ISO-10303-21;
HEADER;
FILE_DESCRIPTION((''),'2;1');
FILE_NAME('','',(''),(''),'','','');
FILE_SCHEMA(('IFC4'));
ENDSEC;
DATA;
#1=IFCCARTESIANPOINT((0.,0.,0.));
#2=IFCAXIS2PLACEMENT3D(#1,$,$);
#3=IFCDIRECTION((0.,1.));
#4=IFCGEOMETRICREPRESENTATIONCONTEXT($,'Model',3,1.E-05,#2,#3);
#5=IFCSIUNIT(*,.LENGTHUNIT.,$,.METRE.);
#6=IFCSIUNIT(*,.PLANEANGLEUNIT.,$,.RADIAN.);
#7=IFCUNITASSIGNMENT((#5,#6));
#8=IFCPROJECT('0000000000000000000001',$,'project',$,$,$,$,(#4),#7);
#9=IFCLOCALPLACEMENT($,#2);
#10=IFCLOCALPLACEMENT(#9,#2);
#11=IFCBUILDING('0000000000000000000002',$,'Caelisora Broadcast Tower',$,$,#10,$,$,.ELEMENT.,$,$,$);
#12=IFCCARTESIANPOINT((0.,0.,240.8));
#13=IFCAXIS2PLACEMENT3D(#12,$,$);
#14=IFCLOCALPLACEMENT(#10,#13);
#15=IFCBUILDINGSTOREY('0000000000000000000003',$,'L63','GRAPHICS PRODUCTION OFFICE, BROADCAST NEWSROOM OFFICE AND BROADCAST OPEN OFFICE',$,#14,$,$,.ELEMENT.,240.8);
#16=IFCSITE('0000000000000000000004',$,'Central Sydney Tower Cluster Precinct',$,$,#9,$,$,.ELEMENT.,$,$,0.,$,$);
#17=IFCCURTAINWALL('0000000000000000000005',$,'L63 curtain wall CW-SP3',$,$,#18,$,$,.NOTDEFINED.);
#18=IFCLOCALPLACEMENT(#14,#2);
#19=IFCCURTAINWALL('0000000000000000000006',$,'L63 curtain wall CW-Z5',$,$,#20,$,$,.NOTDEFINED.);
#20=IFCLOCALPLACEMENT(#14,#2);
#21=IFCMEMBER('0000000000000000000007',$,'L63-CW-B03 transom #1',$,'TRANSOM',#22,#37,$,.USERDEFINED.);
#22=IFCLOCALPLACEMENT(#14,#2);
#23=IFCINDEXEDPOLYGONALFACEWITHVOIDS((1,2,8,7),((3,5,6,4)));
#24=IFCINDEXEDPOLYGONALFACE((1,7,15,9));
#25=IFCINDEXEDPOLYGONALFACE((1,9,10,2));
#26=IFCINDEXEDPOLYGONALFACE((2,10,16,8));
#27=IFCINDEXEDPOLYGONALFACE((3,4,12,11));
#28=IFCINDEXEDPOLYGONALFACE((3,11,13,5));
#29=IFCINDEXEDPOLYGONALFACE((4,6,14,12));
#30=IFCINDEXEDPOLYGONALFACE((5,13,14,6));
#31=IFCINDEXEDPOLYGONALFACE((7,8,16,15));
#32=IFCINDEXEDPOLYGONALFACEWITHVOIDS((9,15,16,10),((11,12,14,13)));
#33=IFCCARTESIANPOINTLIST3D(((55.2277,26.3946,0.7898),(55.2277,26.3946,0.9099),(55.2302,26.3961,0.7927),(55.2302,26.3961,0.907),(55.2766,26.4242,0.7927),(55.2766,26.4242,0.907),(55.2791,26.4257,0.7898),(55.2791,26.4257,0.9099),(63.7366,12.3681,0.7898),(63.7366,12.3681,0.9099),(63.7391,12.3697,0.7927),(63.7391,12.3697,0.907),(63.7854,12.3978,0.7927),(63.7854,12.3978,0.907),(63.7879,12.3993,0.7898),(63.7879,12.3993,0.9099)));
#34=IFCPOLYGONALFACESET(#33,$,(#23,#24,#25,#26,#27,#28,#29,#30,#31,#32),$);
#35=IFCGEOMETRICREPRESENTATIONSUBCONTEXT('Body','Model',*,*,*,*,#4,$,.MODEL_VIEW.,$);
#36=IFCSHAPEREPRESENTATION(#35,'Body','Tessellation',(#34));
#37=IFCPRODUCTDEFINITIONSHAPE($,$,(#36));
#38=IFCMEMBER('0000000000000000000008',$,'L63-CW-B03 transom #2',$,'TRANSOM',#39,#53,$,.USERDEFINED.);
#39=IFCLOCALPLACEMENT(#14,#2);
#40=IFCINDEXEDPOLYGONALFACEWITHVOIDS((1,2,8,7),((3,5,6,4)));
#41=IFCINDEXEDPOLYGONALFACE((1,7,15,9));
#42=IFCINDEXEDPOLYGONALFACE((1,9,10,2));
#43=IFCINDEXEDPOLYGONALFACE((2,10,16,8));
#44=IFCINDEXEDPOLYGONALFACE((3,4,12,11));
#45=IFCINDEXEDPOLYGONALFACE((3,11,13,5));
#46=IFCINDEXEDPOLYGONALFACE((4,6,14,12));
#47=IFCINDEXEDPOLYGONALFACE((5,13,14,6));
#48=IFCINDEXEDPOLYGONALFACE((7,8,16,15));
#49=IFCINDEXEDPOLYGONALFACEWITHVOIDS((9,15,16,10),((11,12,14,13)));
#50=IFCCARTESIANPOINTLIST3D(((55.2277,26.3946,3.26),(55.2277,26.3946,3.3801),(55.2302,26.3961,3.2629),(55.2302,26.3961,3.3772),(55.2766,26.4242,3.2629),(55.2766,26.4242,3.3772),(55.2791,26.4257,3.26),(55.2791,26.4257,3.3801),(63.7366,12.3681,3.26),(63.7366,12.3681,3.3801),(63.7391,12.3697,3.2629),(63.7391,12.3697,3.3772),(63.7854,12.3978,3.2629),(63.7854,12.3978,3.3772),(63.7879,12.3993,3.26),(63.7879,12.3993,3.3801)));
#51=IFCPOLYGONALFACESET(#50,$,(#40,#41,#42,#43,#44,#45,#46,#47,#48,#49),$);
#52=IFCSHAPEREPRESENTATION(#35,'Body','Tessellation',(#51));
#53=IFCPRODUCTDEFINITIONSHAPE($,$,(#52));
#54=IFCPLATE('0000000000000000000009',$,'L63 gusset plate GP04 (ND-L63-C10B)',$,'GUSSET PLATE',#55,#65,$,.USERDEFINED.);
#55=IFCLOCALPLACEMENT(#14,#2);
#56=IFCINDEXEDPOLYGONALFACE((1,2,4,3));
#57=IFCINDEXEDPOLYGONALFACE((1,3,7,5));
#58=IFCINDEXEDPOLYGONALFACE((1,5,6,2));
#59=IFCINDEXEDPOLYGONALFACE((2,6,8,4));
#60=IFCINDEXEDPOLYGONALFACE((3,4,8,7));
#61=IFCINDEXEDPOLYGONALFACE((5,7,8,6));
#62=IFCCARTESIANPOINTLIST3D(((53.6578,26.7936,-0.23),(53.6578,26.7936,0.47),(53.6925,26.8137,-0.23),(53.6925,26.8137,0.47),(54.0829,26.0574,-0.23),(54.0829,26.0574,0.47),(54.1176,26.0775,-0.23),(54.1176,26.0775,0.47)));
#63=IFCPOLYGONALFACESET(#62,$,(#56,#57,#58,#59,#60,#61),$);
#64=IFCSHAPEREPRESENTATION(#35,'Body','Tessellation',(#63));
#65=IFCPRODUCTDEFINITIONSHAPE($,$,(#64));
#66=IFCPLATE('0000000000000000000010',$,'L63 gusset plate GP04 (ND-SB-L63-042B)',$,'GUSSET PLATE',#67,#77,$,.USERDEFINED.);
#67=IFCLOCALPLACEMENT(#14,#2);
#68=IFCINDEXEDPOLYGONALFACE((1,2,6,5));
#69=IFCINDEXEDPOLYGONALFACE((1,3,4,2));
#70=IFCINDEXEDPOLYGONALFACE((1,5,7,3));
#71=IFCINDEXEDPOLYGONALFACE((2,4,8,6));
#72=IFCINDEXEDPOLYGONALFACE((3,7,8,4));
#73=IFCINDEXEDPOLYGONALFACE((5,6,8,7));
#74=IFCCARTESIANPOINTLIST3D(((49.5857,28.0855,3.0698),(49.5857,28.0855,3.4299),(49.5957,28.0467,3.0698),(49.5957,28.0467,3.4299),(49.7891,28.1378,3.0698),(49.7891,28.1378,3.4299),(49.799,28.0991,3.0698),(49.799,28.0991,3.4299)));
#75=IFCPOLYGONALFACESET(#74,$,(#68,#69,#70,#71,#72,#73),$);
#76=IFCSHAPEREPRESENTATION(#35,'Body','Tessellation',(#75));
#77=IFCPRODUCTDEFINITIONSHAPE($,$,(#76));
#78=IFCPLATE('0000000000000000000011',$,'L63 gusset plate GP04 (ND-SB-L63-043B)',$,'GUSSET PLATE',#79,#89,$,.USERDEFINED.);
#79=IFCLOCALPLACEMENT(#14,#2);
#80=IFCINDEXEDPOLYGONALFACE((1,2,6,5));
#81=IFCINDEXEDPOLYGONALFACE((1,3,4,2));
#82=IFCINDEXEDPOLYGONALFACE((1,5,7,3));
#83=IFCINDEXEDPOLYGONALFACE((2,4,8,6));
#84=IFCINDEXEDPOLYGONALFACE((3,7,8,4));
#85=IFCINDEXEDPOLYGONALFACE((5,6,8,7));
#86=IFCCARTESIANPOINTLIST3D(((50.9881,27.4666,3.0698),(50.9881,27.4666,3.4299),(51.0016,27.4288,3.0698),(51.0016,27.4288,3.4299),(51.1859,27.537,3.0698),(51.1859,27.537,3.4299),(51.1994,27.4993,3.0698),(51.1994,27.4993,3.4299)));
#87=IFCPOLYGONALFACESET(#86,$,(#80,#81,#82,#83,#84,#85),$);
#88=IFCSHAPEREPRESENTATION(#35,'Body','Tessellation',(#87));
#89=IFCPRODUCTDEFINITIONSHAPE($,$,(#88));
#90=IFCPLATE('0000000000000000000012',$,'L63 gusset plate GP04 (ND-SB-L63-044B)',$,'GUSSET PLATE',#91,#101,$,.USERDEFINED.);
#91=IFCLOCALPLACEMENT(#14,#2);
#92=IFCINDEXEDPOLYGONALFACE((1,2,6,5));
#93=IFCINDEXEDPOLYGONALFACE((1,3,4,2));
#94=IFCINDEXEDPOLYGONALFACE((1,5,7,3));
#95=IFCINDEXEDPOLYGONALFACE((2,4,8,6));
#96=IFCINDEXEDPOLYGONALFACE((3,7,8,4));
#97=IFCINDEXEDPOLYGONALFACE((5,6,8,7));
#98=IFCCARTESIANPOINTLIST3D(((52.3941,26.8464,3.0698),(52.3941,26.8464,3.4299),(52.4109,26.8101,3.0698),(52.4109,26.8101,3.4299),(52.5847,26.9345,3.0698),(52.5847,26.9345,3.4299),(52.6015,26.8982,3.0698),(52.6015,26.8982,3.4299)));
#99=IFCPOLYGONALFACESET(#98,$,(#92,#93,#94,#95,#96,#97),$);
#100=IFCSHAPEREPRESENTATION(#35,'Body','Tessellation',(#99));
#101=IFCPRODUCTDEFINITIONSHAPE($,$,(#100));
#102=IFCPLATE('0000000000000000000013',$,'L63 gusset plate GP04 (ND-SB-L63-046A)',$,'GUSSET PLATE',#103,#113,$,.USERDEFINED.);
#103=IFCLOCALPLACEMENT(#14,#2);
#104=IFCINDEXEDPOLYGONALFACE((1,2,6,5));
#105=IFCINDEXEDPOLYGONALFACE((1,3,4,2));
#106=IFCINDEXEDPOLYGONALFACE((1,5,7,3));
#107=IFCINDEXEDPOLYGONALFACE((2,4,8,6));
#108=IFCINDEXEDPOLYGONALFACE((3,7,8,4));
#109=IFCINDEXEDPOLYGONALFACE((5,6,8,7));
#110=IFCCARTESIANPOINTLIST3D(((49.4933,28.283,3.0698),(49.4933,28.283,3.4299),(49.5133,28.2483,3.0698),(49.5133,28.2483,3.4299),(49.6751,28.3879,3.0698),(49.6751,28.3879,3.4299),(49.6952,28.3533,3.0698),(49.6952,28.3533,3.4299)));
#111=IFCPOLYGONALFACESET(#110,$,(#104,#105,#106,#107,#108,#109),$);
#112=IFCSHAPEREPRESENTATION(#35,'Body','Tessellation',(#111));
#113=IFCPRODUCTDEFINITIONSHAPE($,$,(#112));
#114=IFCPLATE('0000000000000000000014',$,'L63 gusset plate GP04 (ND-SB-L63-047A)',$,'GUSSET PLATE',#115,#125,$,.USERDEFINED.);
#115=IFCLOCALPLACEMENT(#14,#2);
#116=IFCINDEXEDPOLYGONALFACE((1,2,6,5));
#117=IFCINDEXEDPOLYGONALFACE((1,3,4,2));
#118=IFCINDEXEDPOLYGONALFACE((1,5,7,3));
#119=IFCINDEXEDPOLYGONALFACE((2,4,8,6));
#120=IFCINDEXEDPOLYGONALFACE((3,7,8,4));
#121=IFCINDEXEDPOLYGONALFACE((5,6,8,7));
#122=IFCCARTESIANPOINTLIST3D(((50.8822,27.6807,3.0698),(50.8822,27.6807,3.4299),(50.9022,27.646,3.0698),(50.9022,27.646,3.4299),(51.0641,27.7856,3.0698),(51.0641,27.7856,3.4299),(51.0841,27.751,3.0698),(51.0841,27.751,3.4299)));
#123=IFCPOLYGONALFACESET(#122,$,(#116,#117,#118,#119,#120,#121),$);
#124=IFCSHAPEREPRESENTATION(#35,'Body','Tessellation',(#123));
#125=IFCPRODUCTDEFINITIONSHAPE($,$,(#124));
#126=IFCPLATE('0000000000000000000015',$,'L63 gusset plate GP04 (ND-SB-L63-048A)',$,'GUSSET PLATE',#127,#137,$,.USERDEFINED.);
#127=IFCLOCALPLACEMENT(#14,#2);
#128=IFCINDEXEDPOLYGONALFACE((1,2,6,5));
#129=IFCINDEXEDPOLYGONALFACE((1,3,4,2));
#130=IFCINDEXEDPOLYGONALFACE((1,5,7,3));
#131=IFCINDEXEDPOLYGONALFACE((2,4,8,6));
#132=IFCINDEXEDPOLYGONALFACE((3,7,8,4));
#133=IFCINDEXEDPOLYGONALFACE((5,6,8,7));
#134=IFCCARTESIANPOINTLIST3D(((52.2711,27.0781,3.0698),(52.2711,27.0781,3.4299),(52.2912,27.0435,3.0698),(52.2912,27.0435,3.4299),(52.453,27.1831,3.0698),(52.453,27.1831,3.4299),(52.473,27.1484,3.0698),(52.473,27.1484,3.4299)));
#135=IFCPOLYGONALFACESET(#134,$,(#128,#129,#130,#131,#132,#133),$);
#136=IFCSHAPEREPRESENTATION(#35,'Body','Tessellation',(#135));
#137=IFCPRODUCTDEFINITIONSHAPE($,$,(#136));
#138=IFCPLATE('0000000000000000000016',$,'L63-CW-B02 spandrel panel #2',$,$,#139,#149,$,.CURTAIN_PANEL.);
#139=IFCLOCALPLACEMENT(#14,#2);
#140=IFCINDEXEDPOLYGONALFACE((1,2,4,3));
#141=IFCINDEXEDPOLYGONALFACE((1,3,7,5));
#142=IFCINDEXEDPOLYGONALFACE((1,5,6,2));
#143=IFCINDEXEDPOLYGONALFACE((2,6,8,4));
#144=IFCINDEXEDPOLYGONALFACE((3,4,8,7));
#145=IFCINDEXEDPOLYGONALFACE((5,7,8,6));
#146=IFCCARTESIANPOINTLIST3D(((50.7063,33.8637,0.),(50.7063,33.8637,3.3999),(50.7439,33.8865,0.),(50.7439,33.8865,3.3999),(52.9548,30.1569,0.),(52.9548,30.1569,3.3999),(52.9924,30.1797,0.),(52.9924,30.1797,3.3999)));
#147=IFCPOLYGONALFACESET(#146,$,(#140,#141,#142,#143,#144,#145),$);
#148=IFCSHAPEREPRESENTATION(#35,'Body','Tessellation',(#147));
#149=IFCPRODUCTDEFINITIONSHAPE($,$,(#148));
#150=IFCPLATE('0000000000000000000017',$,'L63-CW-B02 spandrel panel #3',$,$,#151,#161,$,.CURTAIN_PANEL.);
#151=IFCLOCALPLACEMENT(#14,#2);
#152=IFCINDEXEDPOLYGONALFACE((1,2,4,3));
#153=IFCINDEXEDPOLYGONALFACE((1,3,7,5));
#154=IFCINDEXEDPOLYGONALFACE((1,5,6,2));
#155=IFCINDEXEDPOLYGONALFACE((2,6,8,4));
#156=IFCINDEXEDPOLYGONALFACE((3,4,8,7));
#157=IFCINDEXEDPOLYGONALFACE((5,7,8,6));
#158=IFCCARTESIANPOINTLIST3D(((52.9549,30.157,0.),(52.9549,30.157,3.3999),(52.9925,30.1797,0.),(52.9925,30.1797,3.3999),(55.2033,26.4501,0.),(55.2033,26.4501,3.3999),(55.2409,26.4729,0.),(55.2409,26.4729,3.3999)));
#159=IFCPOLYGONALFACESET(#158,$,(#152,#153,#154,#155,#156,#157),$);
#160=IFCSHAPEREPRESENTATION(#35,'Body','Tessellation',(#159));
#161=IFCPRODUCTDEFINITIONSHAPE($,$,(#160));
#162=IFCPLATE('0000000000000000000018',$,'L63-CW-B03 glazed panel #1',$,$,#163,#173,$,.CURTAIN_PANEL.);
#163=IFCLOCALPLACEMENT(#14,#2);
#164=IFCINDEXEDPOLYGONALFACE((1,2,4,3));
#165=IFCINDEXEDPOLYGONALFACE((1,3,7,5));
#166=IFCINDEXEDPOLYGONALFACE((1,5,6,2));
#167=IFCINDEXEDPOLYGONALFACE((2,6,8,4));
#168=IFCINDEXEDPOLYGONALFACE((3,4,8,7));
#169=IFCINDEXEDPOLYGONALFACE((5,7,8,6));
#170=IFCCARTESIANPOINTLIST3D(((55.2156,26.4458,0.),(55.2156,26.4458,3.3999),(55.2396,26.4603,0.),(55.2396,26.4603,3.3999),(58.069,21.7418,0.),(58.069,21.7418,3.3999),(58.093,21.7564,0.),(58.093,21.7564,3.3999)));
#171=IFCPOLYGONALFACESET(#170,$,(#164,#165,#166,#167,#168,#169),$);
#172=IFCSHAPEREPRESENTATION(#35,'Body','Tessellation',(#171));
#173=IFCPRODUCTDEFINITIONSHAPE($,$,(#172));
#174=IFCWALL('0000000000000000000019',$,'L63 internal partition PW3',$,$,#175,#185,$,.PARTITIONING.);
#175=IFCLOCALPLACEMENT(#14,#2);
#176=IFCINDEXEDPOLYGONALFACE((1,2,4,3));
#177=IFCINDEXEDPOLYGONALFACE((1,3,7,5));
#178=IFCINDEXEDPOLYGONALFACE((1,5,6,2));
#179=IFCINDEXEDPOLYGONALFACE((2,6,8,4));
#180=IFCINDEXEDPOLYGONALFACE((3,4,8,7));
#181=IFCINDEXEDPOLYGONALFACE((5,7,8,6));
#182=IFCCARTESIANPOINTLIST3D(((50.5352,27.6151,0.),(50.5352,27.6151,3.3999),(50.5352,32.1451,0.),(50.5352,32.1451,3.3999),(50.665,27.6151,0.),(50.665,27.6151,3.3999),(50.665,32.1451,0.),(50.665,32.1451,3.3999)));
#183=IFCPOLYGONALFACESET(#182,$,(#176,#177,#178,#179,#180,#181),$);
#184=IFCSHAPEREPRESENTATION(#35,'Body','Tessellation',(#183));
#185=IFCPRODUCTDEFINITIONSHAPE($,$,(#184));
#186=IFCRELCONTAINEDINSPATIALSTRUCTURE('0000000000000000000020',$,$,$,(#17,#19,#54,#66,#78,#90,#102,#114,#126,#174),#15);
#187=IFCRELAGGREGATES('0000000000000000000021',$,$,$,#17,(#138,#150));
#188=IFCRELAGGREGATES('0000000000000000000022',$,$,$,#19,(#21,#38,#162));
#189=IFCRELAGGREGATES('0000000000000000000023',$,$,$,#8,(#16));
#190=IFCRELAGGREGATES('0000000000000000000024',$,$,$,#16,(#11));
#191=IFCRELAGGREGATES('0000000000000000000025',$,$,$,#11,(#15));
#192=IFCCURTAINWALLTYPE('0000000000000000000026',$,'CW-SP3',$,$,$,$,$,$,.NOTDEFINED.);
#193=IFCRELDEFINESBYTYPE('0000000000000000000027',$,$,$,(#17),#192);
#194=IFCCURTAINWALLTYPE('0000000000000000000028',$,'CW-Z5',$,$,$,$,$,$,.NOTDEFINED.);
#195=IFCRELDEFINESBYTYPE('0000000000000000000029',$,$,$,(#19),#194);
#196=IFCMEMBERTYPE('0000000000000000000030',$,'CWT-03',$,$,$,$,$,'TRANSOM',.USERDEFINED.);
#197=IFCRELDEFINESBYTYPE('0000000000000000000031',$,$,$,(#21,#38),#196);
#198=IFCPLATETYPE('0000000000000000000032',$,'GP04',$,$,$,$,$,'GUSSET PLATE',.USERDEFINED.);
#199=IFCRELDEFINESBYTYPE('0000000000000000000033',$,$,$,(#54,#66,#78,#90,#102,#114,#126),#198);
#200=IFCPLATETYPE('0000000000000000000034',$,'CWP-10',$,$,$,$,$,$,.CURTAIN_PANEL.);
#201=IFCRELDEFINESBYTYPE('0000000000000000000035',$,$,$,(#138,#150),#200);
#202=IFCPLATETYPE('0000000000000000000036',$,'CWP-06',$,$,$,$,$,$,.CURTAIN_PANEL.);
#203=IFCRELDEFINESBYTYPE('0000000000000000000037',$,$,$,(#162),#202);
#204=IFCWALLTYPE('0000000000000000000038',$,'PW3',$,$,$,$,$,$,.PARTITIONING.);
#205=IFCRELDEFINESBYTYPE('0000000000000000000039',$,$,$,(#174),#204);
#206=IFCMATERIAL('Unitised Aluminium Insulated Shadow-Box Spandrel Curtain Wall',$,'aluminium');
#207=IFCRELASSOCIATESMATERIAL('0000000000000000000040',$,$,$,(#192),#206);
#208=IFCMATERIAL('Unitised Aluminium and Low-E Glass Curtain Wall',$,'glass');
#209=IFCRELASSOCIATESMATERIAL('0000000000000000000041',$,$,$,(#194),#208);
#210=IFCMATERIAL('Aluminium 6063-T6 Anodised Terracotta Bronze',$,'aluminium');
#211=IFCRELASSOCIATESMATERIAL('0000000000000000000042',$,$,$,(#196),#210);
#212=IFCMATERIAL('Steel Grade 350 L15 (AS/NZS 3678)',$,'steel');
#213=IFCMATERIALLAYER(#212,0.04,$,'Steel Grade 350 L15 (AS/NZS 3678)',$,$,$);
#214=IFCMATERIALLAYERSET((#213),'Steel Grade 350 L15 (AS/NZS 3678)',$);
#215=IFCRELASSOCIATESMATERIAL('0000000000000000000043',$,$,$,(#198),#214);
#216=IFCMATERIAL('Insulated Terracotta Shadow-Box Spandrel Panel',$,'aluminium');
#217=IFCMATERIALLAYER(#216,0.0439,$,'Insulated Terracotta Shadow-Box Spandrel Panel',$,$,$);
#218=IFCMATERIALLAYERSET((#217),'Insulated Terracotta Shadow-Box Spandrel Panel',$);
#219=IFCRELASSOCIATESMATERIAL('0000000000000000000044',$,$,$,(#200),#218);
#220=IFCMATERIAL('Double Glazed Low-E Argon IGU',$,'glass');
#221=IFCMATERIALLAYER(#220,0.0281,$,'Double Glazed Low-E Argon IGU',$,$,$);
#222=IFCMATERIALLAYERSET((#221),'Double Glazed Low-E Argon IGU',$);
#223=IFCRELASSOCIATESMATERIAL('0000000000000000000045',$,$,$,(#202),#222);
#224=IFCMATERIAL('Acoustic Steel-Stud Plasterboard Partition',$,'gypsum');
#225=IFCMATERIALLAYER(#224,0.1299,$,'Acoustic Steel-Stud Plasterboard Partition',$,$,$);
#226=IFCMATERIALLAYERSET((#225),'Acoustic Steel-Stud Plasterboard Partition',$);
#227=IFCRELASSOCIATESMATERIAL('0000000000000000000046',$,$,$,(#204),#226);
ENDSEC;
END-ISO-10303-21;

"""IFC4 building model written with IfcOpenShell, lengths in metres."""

from ifc_helpers import new_model, si_unit, direction, frame, frame_2d, origin, origin_2d, place, context, subcontext, project, spatial, rectangle, hollow_rectangle, extrude, source, transform, mapped, material, layer, layer_set, material_profile, profile_set, type_object, type_shapes, element, aggregate, save


model = new_model("IFC4")

# Units and contexts
model_context = context("Model", 3, precision=1e-05, world=origin(), true_north=direction((0.0, 1.0)))
body_context = subcontext(model_context, "Body", "Model", "MODEL_VIEW")
ifc_project = project(units=[si_unit("LENGTHUNIT", "METRE"), si_unit("PLANEANGLEUNIT", "RADIAN")], contexts=[model_context])

# Site, building, storey
site_placement = place(None, origin())
site = spatial("IfcSite", under=ifc_project, at=site_placement, Name="Central Sydney Tower Cluster Precinct", CompositionType="ELEMENT", RefElevation=0.0)
building_placement = place(site_placement, origin())
building = spatial("IfcBuilding", under=site, at=building_placement, Name="Caelisora Broadcast Tower", CompositionType="ELEMENT")
storey_placement = place(building_placement, frame((0.0, 0.0, 240.8)))
storey = spatial("IfcBuildingStorey", under=building, at=storey_placement, Name="L63", Description="GRAPHICS PRODUCTION OFFICE, BROADCAST NEWSROOM OFFICE AND BROADCAST OPEN OFFICE", CompositionType="ELEMENT", Elevation=240.8)

# Shared definitions
ifc_material_1 = material(Name="Steel Grade 350 L15 (AS/NZS 3678)", Category="steel")

# Curtain walls, members
ifc_material_2 = material(Name="Unitised Aluminium Insulated Shadow-Box Spandrel Curtain Wall", Category="aluminium")
curtain_wall_type_1 = type_object("IfcCurtainWallType", Name="CW-SP3", PredefinedType="NOTDEFINED", material=ifc_material_2)
curtain_wall_1_placement = place(storey_placement, origin())
curtain_wall_1 = element("IfcCurtainWall", 1, at=curtain_wall_1_placement, inside=storey, type_object=curtain_wall_type_1, Name="L63 curtain wall CW-SP3", PredefinedType="NOTDEFINED")
ifc_material_3 = material(Name="Aluminium 6063-T6 Anodised Terracotta Bronze", Category="aluminium")
ifc_material_4 = material(Name="Unitised Aluminium and Low-E Glass Curtain Wall", Category="glass")
curtain_wall_type_2 = type_object("IfcCurtainWallType", Name="CW-Z5", PredefinedType="NOTDEFINED", material=ifc_material_4)
curtain_wall_2_placement = place(storey_placement, origin())
curtain_wall_2 = element("IfcCurtainWall", 2, at=curtain_wall_2_placement, inside=storey, type_object=curtain_wall_type_2, Name="L63 curtain wall CW-Z5", PredefinedType="NOTDEFINED")
ifc_material_profile_1 = material_profile(ifc_material_3, hollow_rectangle(XDim=0.0601, YDim=0.1201, WallThickness=0.0029, at=origin_2d()), Name="Aluminium 6063-T6 Anodised Terracotta Bronze")
ifc_profile_set_1 = profile_set([ifc_material_profile_1], Name="Aluminium 6063-T6 Anodised Terracotta Bronze")
member_type_1 = type_object("IfcMemberType", Name="CWT-03", ElementType="TRANSOM", PredefinedType="USERDEFINED", material=ifc_profile_set_1)
shared_shape_1 = source(origin(), body_context, "Body", "SweptSolid", [
    extrude(hollow_rectangle(XDim=0.0601, YDim=0.1201, WallThickness=0.0029, at=origin_2d()), origin(), (0.0, 0.0, 1.0), 16.4055),
])
type_shapes(member_type_1, [shared_shape_1])
member_1_placement = place(storey_placement, frame((55.2534, 26.4102, 0.8499), z_axis=(0.518657, -0.854983, 0.0), x_axis=(0.854983, 0.518657, 0.0)))
member_1 = element("IfcMember", 3, at=member_1_placement, type_object=member_type_1, Name="L63-CW-B03 transom #1", ObjectType="TRANSOM", PredefinedType="USERDEFINED", context=body_context, shape_type="MappedRepresentation", body=[
    mapped(shared_shape_1, transform((0.0, 0.0, 0.0), scale=1.0)),
])
member_2_placement = place(storey_placement, frame((55.2534, 26.4102, 3.3201), z_axis=(0.518657, -0.854983, 0.0), x_axis=(0.854983, 0.518657, 0.0)))
member_2 = element("IfcMember", 4, at=member_2_placement, type_object=member_type_1, Name="L63-CW-B03 transom #2", ObjectType="TRANSOM", PredefinedType="USERDEFINED", context=body_context, shape_type="MappedRepresentation", body=[
    mapped(shared_shape_1, transform((0.0, 0.0, 0.0), scale=1.0)),
])

# Plates
ifc_layer_1 = layer(ifc_material_1, 0.04, Name="Steel Grade 350 L15 (AS/NZS 3678)")
ifc_layer_set_1 = layer_set([ifc_layer_1], Name="Steel Grade 350 L15 (AS/NZS 3678)")
plate_type_1 = type_object("IfcPlateType", Name="GP04", ElementType="GUSSET PLATE", PredefinedType="USERDEFINED", material=ifc_layer_set_1)
shared_shape_2 = source(origin(), body_context, "Body", "SweptSolid", [
    extrude(rectangle(XDim=0.8501, YDim=0.04, at=origin_2d()), origin(), (0.0, 0.0, 1.0), 0.7),
])
plate_1_placement = place(storey_placement, frame((53.8877, 26.4355, -0.23), z_axis=(0.0, 0.0, 1.0), x_axis=(-0.5, 0.866025, 0.0)))
element("IfcPlate", 5, at=plate_1_placement, inside=storey, type_object=plate_type_1, Name="L63 gusset plate GP04 (ND-L63-C10B)", ObjectType="GUSSET PLATE", PredefinedType="USERDEFINED", context=body_context, shape_type="MappedRepresentation", body=[
    mapped(shared_shape_2, transform((0.0, 0.0, 0.0), scale=1.0)),
])
shared_shape_3 = source(origin(), body_context, "Body", "SweptSolid", [
    extrude(rectangle(XDim=0.21, YDim=0.04, at=origin_2d()), origin(), (0.0, 0.0, 1.0), 0.3601),
])
type_shapes(plate_type_1, [shared_shape_2, shared_shape_3])
for number, where, z_axis, x_axis, name in (
    (6, (49.6924, 28.0923, 3.0698), (0.0, 0.0, 1.0), (-0.968453, -0.249197, 0.0), "L63 gusset plate GP04 (ND-SB-L63-042B)"),
    (7, (51.0938, 27.4829, 3.0698), (0.0, 0.0, 1.0), (-0.942057, -0.335452, 0.0), "L63 gusset plate GP04 (ND-SB-L63-043B)"),
    (8, (52.4978, 26.8723, 3.0698), (0.0, 0.0, 1.0), (-0.907704, -0.419611, 0.0), "L63 gusset plate GP04 (ND-SB-L63-044B)"),
    (9, (49.5942, 28.3181, 3.0698), (0.0, 0.0, 1.0), (-0.866025, -0.5, 0.0), "L63 gusset plate GP04 (ND-SB-L63-046A)"),
    (10, (50.9832, 27.7158, 3.0698), (0.0, 0.0, 1.0), (-0.866025, -0.5, 0.0), "L63 gusset plate GP04 (ND-SB-L63-047A)"),
    (11, (52.3721, 27.1133, 3.0698), (0.0, 0.0, 1.0), (-0.866025, -0.5, 0.0), "L63 gusset plate GP04 (ND-SB-L63-048A)"),
):
    element("IfcPlate", number, at=place(storey_placement, frame(where, z_axis=z_axis, x_axis=x_axis)), inside=storey, type_object=plate_type_1, Name=name, ObjectType="GUSSET PLATE", PredefinedType="USERDEFINED", context=body_context, shape_type="MappedRepresentation", body=[
        mapped(shared_shape_3, transform((0.0, 0.0, 0.0), scale=1.0)),
    ])

# Plates
ifc_material_5 = material(Name="Insulated Terracotta Shadow-Box Spandrel Panel", Category="aluminium")
ifc_layer_2 = layer(ifc_material_5, 0.0439, Name="Insulated Terracotta Shadow-Box Spandrel Panel")
ifc_layer_set_2 = layer_set([ifc_layer_2], Name="Insulated Terracotta Shadow-Box Spandrel Panel")
plate_type_2 = type_object("IfcPlateType", Name="CWP-10", PredefinedType="CURTAIN_PANEL", material=ifc_layer_set_2)
shared_shape_4 = source(origin(), body_context, "Body", "SweptSolid", [
    extrude(rectangle(XDim=4.3354, YDim=0.0439, at=origin_2d()), origin(), (0.0, 0.0, 1.0), 3.3999),
])
type_shapes(plate_type_2, [shared_shape_4])
plate_2_placement = place(storey_placement, frame((51.8494, 32.0217, 0.0), z_axis=(0.0, 0.0, 1.0), x_axis=(0.518624, -0.855002, 0.0)))
plate_2 = element("IfcPlate", 12, at=plate_2_placement, type_object=plate_type_2, Name="L63-CW-B02 spandrel panel #2", PredefinedType="CURTAIN_PANEL", context=body_context, shape_type="MappedRepresentation", body=[
    mapped(shared_shape_4, transform((0.0, 0.0, 0.0), scale=1.0)),
])
plate_3_placement = place(storey_placement, frame((54.0979, 28.3149, 0.0), z_axis=(0.0, 0.0, 1.0), x_axis=(0.518624, -0.855002, 0.0)))
plate_3 = element("IfcPlate", 13, at=plate_3_placement, type_object=plate_type_2, Name="L63-CW-B02 spandrel panel #3", PredefinedType="CURTAIN_PANEL", context=body_context, shape_type="MappedRepresentation", body=[
    mapped(shared_shape_4, transform((0.0, 0.0, 0.0), scale=1.0)),
])
aggregate(curtain_wall_1, [plate_2, plate_3])
ifc_material_6 = material(Name="Double Glazed Low-E Argon IGU", Category="glass")
ifc_layer_3 = layer(ifc_material_6, 0.0281, Name="Double Glazed Low-E Argon IGU")
ifc_layer_set_3 = layer_set([ifc_layer_3], Name="Double Glazed Low-E Argon IGU")
plate_type_3 = type_object("IfcPlateType", Name="CWP-06", PredefinedType="CURTAIN_PANEL", material=ifc_layer_set_3)
shared_shape_5 = source(origin(), body_context, "Body", "SweptSolid", [
    extrude(rectangle(XDim=5.5017, YDim=0.0281, at=origin_2d()), origin(), (0.0, 0.0, 1.0), 3.3999),
])
type_shapes(plate_type_3, [shared_shape_5])
plate_4_placement = place(storey_placement, frame((56.6543, 24.1011, 0.0), z_axis=(0.0, 0.0, 1.0), x_axis=(0.518624, -0.855002, 0.0)))
plate_4 = element("IfcPlate", 14, at=plate_4_placement, type_object=plate_type_3, Name="L63-CW-B03 glazed panel #1", PredefinedType="CURTAIN_PANEL", context=body_context, shape_type="MappedRepresentation", body=[
    mapped(shared_shape_5, transform((0.0, 0.0, 0.0), scale=1.0)),
])
aggregate(curtain_wall_2, [member_1, member_2, plate_4])

# Wall
ifc_material_7 = material(Name="Acoustic Steel-Stud Plasterboard Partition", Category="gypsum")
ifc_layer_4 = layer(ifc_material_7, 0.1299, Name="Acoustic Steel-Stud Plasterboard Partition")
ifc_layer_set_4 = layer_set([ifc_layer_4], Name="Acoustic Steel-Stud Plasterboard Partition")
wall_type = type_object("IfcWallType", Name="PW3", PredefinedType="PARTITIONING", material=ifc_layer_set_4)
wall_1_placement = place(storey_placement, frame((50.6001, 27.615, 0.0), z_axis=(0.0, 0.0, 1.0), x_axis=(0.0, 1.0, 0.0)))
element("IfcWall", 15, at=wall_1_placement, inside=storey, type_object=wall_type, Name="L63 internal partition PW3", PredefinedType="PARTITIONING", context=body_context, shape_type="SweptSolid", body=[
    extrude(rectangle(XDim=4.53, YDim=0.1299, at=frame_2d((2.2651, 0.0))), origin(), (0.0, 0.0, 1.0), 3.3999),
])

save(model, "model.ifc")
